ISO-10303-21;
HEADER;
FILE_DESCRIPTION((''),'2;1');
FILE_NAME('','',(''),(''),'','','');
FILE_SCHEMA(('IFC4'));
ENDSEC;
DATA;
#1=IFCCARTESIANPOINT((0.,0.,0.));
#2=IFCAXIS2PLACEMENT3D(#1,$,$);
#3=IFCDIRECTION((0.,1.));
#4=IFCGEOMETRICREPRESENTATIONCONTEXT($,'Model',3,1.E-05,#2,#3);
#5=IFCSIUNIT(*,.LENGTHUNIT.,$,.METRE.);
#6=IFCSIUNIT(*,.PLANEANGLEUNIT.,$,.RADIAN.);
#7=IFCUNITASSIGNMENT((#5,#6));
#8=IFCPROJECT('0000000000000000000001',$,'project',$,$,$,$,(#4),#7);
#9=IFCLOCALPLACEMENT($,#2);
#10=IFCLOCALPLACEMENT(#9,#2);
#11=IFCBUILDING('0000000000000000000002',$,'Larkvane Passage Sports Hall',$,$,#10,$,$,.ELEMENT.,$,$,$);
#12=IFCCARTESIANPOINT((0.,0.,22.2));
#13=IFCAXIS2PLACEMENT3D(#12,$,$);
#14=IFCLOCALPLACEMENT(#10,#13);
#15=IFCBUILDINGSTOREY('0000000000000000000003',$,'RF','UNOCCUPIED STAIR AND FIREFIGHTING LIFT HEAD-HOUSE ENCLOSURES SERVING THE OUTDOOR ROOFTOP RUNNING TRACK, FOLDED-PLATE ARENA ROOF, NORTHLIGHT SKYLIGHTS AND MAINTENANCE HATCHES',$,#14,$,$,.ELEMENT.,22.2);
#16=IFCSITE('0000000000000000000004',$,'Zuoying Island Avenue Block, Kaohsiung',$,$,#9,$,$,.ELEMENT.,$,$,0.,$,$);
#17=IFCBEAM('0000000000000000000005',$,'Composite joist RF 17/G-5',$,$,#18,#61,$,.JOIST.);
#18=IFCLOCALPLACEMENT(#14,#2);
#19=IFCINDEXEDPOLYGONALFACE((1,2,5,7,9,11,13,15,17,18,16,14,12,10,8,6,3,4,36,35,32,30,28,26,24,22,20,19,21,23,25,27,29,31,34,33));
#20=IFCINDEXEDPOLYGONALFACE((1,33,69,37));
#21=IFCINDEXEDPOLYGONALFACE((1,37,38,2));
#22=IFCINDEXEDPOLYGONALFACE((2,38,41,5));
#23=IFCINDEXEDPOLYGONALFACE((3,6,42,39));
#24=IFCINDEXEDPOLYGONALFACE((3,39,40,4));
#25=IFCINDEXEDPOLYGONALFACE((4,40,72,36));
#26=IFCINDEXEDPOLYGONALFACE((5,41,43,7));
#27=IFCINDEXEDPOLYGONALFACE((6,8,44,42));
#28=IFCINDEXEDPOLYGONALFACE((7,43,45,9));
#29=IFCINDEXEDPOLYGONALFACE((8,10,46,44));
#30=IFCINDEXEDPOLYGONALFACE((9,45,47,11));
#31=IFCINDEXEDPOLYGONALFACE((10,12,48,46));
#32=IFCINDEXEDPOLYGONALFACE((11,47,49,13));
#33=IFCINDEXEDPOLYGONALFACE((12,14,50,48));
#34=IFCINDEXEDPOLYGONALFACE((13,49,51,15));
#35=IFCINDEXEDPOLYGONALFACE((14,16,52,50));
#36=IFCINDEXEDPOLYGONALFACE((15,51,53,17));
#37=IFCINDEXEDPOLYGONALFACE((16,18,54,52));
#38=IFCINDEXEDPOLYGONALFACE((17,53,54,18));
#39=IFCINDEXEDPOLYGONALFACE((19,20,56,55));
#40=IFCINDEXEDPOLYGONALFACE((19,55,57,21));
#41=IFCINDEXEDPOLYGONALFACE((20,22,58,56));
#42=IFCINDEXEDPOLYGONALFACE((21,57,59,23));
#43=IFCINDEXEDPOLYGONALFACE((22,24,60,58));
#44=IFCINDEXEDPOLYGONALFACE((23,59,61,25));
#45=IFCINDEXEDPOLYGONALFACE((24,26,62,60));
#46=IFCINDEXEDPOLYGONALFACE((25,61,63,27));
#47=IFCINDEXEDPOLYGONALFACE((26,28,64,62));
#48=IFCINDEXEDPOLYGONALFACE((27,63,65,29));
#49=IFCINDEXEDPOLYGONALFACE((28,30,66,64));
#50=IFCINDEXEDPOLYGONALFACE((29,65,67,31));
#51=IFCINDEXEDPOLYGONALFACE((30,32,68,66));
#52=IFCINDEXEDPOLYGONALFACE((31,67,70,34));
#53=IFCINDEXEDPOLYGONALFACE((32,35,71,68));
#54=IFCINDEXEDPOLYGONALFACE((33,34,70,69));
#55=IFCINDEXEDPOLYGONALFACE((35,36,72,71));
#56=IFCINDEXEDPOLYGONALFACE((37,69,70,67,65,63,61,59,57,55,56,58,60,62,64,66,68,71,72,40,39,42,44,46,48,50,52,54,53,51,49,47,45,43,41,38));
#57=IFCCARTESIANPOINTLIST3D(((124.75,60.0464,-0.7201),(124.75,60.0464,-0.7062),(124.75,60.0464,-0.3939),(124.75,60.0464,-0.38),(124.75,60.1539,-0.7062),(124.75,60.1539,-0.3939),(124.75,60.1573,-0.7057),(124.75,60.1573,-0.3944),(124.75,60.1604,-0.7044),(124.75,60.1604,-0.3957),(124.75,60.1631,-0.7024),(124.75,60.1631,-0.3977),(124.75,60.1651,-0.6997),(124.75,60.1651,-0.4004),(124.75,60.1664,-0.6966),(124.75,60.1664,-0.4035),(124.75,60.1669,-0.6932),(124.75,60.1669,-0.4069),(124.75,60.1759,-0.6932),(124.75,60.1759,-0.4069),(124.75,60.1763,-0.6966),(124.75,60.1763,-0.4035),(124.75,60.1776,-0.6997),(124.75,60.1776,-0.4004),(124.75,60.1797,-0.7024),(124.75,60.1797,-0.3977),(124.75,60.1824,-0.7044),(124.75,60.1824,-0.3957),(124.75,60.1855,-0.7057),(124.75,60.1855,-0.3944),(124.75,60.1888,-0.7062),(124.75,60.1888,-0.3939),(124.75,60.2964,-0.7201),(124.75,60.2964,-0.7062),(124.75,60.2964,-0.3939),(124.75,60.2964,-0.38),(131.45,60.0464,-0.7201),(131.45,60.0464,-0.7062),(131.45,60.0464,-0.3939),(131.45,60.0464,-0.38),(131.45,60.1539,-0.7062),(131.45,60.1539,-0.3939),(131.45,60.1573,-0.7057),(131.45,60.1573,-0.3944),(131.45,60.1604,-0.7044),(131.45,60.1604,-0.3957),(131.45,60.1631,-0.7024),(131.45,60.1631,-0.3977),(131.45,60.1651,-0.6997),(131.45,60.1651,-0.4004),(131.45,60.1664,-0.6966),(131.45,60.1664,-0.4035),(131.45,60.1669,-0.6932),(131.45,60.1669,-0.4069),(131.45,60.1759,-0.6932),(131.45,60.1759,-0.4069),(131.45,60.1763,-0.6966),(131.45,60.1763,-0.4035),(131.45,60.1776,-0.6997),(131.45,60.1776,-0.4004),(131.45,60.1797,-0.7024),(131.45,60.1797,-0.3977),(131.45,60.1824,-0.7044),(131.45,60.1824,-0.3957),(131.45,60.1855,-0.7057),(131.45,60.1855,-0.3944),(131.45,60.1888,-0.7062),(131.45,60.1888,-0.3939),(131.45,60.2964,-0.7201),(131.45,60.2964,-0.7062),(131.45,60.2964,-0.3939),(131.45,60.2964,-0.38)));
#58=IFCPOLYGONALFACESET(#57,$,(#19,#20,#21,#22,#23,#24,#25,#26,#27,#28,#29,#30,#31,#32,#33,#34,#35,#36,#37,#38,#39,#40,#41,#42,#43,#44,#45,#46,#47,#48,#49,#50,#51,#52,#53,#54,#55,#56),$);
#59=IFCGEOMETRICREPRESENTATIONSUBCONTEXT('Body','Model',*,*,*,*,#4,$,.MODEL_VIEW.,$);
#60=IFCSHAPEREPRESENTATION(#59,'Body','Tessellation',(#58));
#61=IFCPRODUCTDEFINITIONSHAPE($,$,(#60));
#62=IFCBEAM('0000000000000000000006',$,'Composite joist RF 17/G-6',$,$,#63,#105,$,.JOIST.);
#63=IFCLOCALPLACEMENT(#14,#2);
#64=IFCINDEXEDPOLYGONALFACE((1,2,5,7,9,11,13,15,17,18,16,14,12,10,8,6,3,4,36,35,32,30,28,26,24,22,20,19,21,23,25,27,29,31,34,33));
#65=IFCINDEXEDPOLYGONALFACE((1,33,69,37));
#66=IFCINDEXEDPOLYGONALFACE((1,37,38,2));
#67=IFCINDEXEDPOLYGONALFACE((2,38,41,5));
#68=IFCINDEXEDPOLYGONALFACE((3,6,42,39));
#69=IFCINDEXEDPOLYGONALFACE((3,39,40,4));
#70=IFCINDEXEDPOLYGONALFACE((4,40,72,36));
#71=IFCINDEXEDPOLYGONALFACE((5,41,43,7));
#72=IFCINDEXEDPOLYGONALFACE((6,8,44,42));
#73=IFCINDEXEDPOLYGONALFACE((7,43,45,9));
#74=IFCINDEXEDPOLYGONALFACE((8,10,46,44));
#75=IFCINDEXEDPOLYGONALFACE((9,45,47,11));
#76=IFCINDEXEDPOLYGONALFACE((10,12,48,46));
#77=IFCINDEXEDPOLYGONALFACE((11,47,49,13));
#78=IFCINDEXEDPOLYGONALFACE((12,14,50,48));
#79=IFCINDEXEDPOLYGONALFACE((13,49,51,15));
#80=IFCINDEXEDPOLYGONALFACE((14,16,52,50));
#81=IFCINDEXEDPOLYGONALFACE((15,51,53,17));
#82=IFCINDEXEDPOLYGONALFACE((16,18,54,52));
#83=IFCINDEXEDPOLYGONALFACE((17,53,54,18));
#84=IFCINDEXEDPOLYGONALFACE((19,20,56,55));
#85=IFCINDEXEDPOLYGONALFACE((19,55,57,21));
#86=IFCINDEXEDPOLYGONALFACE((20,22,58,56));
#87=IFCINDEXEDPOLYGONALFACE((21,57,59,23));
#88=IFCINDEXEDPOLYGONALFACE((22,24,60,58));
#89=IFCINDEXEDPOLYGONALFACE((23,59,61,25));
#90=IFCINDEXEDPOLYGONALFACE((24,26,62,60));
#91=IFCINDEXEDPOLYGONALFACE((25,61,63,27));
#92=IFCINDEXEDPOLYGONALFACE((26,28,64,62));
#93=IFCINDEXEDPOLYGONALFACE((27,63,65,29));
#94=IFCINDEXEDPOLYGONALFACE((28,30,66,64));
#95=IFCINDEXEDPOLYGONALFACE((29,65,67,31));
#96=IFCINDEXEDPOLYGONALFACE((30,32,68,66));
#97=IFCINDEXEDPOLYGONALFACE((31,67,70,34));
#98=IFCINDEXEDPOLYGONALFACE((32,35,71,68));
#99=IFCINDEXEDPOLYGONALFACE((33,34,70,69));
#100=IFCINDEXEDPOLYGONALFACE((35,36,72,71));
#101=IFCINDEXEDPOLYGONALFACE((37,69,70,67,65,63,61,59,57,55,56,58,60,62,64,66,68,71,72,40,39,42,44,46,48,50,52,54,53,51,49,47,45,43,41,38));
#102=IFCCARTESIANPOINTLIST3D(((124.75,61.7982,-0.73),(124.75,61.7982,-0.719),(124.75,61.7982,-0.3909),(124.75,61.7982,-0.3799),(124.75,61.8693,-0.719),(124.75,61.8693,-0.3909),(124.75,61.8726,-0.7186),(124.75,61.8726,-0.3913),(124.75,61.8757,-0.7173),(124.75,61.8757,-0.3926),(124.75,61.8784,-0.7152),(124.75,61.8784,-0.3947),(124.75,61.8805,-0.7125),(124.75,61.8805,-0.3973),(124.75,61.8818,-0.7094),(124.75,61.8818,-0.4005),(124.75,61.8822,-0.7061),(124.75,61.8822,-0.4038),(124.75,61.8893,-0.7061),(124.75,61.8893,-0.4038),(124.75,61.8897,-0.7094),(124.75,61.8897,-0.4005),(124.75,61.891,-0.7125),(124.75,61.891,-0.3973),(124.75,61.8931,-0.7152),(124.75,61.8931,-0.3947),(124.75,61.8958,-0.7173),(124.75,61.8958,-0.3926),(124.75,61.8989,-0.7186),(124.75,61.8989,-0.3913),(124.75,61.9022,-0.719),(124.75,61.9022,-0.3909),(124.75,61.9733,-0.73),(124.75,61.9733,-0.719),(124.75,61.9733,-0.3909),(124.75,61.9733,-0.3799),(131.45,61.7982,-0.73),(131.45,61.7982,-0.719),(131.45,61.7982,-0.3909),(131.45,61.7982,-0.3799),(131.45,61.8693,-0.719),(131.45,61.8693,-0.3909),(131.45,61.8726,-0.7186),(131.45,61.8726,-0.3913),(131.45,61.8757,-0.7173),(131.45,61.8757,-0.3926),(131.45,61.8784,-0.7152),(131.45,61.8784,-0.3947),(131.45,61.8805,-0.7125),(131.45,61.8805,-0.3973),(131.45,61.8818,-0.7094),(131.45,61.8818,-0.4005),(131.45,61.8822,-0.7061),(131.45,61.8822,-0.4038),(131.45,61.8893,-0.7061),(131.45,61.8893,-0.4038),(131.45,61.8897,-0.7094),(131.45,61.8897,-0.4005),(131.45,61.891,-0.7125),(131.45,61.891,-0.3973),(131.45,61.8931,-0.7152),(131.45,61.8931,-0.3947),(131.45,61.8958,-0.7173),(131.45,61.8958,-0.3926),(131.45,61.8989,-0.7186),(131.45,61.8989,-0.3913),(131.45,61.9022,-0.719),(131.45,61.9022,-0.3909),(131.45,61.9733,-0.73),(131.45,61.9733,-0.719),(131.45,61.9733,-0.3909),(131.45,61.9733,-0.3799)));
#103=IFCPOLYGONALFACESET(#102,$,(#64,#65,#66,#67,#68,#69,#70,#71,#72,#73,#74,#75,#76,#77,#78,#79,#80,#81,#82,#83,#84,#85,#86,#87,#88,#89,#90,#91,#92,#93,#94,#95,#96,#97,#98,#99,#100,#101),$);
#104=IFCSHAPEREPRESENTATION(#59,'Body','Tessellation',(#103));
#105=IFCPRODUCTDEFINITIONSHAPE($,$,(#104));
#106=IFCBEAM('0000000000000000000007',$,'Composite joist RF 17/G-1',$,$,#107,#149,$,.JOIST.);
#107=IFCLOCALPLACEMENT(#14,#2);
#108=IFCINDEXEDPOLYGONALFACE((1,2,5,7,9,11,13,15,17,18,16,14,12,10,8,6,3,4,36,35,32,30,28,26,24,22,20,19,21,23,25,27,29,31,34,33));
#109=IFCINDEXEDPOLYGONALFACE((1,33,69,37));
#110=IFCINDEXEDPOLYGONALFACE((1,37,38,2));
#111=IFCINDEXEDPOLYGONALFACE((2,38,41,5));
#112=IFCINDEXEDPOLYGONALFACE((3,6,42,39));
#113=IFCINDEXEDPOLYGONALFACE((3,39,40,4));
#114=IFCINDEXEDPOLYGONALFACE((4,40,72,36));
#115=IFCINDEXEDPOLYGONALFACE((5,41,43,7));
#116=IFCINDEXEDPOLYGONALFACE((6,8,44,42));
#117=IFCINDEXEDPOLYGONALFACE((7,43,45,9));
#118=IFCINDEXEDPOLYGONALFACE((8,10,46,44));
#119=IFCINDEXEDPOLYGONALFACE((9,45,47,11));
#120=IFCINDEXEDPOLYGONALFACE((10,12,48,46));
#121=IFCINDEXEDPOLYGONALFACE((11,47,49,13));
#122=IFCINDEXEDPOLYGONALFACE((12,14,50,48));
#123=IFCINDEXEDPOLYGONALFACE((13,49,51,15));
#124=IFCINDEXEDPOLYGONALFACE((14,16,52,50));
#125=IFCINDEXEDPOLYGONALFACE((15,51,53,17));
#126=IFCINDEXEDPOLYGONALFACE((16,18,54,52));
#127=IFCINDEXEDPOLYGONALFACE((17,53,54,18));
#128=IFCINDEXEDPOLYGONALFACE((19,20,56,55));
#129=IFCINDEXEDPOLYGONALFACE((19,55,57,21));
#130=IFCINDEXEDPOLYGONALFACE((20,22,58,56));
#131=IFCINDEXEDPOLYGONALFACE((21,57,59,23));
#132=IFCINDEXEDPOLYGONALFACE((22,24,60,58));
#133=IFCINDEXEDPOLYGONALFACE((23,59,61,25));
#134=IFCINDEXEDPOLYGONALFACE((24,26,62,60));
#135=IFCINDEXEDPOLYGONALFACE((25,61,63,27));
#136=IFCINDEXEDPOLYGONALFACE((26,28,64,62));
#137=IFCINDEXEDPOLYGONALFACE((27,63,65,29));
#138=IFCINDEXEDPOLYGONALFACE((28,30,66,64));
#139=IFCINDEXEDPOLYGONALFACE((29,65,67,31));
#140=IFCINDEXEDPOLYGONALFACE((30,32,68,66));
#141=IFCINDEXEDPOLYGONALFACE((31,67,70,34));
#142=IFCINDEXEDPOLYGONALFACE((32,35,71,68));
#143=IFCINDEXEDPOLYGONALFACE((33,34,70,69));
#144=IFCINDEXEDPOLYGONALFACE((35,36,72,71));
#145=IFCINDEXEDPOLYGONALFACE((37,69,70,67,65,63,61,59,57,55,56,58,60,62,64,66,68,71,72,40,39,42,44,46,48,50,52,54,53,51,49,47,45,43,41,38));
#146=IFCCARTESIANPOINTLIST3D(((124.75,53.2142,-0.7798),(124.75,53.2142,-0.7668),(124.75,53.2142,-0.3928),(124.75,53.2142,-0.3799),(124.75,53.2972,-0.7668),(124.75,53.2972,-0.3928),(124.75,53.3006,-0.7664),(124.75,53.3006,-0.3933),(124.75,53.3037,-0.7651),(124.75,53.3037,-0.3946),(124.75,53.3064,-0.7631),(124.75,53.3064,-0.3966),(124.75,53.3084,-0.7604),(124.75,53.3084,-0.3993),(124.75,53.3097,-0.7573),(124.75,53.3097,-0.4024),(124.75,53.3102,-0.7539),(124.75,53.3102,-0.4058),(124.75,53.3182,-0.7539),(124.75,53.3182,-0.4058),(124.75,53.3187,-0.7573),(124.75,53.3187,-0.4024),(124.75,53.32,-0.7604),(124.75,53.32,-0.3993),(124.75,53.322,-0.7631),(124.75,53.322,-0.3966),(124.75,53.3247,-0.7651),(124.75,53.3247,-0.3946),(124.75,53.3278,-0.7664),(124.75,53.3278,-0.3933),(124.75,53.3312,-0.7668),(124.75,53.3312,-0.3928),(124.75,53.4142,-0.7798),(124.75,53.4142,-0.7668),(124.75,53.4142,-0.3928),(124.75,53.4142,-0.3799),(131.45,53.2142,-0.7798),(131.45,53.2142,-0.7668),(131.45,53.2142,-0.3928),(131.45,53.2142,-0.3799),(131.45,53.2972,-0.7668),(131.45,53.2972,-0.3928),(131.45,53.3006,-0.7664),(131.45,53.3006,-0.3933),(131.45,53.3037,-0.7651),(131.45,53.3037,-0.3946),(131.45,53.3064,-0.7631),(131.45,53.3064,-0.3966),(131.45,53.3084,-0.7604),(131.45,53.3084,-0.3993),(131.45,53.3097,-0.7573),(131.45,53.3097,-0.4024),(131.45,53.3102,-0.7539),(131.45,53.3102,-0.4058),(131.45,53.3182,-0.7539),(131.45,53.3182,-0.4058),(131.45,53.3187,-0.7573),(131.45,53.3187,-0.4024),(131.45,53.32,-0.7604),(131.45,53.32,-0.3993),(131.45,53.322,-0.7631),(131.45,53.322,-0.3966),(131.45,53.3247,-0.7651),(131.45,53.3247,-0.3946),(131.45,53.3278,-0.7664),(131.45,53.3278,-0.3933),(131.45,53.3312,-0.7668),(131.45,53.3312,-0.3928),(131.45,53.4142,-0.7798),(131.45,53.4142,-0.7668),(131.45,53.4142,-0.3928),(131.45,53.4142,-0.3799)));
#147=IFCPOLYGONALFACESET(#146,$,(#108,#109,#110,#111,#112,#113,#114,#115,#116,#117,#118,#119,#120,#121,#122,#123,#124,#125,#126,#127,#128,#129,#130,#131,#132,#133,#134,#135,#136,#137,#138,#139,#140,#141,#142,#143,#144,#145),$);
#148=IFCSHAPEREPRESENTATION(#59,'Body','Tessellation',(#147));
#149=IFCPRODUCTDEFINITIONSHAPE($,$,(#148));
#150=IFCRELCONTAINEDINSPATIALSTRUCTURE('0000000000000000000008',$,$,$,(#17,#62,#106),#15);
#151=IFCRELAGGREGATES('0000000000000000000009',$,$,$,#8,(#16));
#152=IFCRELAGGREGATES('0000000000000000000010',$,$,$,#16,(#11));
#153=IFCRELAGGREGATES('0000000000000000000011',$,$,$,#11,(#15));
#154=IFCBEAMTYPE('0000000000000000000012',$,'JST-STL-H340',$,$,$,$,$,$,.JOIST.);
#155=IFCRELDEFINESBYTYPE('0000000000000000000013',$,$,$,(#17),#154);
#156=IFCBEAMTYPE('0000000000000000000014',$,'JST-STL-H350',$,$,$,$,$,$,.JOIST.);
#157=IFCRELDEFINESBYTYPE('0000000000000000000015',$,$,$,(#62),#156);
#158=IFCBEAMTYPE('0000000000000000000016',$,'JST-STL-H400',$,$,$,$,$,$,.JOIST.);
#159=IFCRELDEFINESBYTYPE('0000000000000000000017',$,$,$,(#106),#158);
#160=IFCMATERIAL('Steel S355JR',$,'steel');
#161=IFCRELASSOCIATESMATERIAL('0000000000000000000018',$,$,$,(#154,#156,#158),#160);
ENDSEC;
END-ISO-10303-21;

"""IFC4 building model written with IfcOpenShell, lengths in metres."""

from ifc_helpers import new_model, si_unit, direction, frame, origin, origin_2d, place, context, subcontext, project, spatial, i_section, extrude, material, material_profile, profile_set, type_object, element, save


model = new_model("IFC4")

# Units and contexts
model_context = context("Model", 3, precision=1e-05, world=origin(), true_north=direction((0.0, 1.0)))
body_context = subcontext(model_context, "Body", "Model", "MODEL_VIEW")
ifc_project = project(units=[si_unit("LENGTHUNIT", "METRE"), si_unit("PLANEANGLEUNIT", "RADIAN")], contexts=[model_context])

# Site, building, storey
site_placement = place(None, origin())
site = spatial("IfcSite", under=ifc_project, at=site_placement, Name="Zuoying Island Avenue Block, Kaohsiung", CompositionType="ELEMENT", RefElevation=0.0)
building_placement = place(site_placement, origin())
building = spatial("IfcBuilding", under=site, at=building_placement, Name="Larkvane Passage Sports Hall", CompositionType="ELEMENT")
storey_placement = place(building_placement, frame((0.0, 0.0, 22.2)))
storey = spatial("IfcBuildingStorey", under=building, at=storey_placement, Name="RF", Description="UNOCCUPIED STAIR AND FIREFIGHTING LIFT HEAD-HOUSE ENCLOSURES SERVING THE OUTDOOR ROOFTOP RUNNING TRACK, FOLDED-PLATE ARENA ROOF, NORTHLIGHT SKYLIGHTS AND MAINTENANCE HATCHES", CompositionType="ELEMENT", Elevation=22.2)

# Beams
ifc_material_1 = material(Name="Steel S355JR", Category="steel")
ifc_material_profile_1 = material_profile(ifc_material_1, i_section(OverallWidth=0.25, OverallDepth=0.3401, WebThickness=0.009, FlangeThickness=0.0139, FilletRadius=0.0129, at=origin_2d()), Name="H-340x250x9x14")
ifc_profile_set_1 = profile_set([ifc_material_profile_1], Name="Steel S355JR")
beam_type_1 = type_object("IfcBeamType", Name="JST-STL-H340", PredefinedType="JOIST", material=ifc_profile_set_1)
beam_1_placement = place(storey_placement, frame((124.75, 60.1714, -0.55), z_axis=(1.0, 0.0, 0.0), x_axis=(0.0, 1.0, 0.0)))
element("IfcBeam", 1, at=beam_1_placement, inside=storey, type_object=beam_type_1, Name="Composite joist RF 17/G-5", PredefinedType="JOIST", context=body_context, shape_type="SweptSolid", body=[
    extrude(i_section(OverallWidth=0.25, OverallDepth=0.3401, WebThickness=0.009, FlangeThickness=0.0139, FilletRadius=0.0129, at=origin_2d()), origin(), (0.0, 0.0, 1.0), 6.7),
])
ifc_material_profile_2 = material_profile(ifc_material_1, i_section(OverallWidth=0.175, OverallDepth=0.3501, WebThickness=0.0071, FlangeThickness=0.011, FilletRadius=0.0129, at=origin_2d()), Name="H-350x175x7x11")
ifc_profile_set_2 = profile_set([ifc_material_profile_2], Name="Steel S355JR")
beam_type_2 = type_object("IfcBeamType", Name="JST-STL-H350", PredefinedType="JOIST", material=ifc_profile_set_2)
beam_2_placement = place(storey_placement, frame((124.75, 61.8857, -0.5549), z_axis=(1.0, 0.0, 0.0), x_axis=(0.0, 1.0, 0.0)))
element("IfcBeam", 2, at=beam_2_placement, inside=storey, type_object=beam_type_2, Name="Composite joist RF 17/G-6", PredefinedType="JOIST", context=body_context, shape_type="SweptSolid", body=[
    extrude(i_section(OverallWidth=0.175, OverallDepth=0.3501, WebThickness=0.0071, FlangeThickness=0.011, FilletRadius=0.0129, at=origin_2d()), origin(), (0.0, 0.0, 1.0), 6.7),
])
ifc_material_profile_3 = material_profile(ifc_material_1, i_section(OverallWidth=0.2, OverallDepth=0.3999, WebThickness=0.0081, FlangeThickness=0.0129, FilletRadius=0.0129, at=origin_2d()), Name="H-400x200x8x13")
ifc_profile_set_3 = profile_set([ifc_material_profile_3], Name="Steel S355JR")
beam_type_3 = type_object("IfcBeamType", Name="JST-STL-H400", PredefinedType="JOIST", material=ifc_profile_set_3)
beam_3_placement = place(storey_placement, frame((124.75, 53.3142, -0.5798), z_axis=(1.0, 0.0, 0.0), x_axis=(0.0, 1.0, 0.0)))
element("IfcBeam", 3, at=beam_3_placement, inside=storey, type_object=beam_type_3, Name="Composite joist RF 17/G-1", PredefinedType="JOIST", context=body_context, shape_type="SweptSolid", body=[
    extrude(i_section(OverallWidth=0.2, OverallDepth=0.3999, WebThickness=0.0081, FlangeThickness=0.0129, FilletRadius=0.0129, at=origin_2d()), origin(), (0.0, 0.0, 1.0), 6.7),
])

save(model, "model.ifc")
